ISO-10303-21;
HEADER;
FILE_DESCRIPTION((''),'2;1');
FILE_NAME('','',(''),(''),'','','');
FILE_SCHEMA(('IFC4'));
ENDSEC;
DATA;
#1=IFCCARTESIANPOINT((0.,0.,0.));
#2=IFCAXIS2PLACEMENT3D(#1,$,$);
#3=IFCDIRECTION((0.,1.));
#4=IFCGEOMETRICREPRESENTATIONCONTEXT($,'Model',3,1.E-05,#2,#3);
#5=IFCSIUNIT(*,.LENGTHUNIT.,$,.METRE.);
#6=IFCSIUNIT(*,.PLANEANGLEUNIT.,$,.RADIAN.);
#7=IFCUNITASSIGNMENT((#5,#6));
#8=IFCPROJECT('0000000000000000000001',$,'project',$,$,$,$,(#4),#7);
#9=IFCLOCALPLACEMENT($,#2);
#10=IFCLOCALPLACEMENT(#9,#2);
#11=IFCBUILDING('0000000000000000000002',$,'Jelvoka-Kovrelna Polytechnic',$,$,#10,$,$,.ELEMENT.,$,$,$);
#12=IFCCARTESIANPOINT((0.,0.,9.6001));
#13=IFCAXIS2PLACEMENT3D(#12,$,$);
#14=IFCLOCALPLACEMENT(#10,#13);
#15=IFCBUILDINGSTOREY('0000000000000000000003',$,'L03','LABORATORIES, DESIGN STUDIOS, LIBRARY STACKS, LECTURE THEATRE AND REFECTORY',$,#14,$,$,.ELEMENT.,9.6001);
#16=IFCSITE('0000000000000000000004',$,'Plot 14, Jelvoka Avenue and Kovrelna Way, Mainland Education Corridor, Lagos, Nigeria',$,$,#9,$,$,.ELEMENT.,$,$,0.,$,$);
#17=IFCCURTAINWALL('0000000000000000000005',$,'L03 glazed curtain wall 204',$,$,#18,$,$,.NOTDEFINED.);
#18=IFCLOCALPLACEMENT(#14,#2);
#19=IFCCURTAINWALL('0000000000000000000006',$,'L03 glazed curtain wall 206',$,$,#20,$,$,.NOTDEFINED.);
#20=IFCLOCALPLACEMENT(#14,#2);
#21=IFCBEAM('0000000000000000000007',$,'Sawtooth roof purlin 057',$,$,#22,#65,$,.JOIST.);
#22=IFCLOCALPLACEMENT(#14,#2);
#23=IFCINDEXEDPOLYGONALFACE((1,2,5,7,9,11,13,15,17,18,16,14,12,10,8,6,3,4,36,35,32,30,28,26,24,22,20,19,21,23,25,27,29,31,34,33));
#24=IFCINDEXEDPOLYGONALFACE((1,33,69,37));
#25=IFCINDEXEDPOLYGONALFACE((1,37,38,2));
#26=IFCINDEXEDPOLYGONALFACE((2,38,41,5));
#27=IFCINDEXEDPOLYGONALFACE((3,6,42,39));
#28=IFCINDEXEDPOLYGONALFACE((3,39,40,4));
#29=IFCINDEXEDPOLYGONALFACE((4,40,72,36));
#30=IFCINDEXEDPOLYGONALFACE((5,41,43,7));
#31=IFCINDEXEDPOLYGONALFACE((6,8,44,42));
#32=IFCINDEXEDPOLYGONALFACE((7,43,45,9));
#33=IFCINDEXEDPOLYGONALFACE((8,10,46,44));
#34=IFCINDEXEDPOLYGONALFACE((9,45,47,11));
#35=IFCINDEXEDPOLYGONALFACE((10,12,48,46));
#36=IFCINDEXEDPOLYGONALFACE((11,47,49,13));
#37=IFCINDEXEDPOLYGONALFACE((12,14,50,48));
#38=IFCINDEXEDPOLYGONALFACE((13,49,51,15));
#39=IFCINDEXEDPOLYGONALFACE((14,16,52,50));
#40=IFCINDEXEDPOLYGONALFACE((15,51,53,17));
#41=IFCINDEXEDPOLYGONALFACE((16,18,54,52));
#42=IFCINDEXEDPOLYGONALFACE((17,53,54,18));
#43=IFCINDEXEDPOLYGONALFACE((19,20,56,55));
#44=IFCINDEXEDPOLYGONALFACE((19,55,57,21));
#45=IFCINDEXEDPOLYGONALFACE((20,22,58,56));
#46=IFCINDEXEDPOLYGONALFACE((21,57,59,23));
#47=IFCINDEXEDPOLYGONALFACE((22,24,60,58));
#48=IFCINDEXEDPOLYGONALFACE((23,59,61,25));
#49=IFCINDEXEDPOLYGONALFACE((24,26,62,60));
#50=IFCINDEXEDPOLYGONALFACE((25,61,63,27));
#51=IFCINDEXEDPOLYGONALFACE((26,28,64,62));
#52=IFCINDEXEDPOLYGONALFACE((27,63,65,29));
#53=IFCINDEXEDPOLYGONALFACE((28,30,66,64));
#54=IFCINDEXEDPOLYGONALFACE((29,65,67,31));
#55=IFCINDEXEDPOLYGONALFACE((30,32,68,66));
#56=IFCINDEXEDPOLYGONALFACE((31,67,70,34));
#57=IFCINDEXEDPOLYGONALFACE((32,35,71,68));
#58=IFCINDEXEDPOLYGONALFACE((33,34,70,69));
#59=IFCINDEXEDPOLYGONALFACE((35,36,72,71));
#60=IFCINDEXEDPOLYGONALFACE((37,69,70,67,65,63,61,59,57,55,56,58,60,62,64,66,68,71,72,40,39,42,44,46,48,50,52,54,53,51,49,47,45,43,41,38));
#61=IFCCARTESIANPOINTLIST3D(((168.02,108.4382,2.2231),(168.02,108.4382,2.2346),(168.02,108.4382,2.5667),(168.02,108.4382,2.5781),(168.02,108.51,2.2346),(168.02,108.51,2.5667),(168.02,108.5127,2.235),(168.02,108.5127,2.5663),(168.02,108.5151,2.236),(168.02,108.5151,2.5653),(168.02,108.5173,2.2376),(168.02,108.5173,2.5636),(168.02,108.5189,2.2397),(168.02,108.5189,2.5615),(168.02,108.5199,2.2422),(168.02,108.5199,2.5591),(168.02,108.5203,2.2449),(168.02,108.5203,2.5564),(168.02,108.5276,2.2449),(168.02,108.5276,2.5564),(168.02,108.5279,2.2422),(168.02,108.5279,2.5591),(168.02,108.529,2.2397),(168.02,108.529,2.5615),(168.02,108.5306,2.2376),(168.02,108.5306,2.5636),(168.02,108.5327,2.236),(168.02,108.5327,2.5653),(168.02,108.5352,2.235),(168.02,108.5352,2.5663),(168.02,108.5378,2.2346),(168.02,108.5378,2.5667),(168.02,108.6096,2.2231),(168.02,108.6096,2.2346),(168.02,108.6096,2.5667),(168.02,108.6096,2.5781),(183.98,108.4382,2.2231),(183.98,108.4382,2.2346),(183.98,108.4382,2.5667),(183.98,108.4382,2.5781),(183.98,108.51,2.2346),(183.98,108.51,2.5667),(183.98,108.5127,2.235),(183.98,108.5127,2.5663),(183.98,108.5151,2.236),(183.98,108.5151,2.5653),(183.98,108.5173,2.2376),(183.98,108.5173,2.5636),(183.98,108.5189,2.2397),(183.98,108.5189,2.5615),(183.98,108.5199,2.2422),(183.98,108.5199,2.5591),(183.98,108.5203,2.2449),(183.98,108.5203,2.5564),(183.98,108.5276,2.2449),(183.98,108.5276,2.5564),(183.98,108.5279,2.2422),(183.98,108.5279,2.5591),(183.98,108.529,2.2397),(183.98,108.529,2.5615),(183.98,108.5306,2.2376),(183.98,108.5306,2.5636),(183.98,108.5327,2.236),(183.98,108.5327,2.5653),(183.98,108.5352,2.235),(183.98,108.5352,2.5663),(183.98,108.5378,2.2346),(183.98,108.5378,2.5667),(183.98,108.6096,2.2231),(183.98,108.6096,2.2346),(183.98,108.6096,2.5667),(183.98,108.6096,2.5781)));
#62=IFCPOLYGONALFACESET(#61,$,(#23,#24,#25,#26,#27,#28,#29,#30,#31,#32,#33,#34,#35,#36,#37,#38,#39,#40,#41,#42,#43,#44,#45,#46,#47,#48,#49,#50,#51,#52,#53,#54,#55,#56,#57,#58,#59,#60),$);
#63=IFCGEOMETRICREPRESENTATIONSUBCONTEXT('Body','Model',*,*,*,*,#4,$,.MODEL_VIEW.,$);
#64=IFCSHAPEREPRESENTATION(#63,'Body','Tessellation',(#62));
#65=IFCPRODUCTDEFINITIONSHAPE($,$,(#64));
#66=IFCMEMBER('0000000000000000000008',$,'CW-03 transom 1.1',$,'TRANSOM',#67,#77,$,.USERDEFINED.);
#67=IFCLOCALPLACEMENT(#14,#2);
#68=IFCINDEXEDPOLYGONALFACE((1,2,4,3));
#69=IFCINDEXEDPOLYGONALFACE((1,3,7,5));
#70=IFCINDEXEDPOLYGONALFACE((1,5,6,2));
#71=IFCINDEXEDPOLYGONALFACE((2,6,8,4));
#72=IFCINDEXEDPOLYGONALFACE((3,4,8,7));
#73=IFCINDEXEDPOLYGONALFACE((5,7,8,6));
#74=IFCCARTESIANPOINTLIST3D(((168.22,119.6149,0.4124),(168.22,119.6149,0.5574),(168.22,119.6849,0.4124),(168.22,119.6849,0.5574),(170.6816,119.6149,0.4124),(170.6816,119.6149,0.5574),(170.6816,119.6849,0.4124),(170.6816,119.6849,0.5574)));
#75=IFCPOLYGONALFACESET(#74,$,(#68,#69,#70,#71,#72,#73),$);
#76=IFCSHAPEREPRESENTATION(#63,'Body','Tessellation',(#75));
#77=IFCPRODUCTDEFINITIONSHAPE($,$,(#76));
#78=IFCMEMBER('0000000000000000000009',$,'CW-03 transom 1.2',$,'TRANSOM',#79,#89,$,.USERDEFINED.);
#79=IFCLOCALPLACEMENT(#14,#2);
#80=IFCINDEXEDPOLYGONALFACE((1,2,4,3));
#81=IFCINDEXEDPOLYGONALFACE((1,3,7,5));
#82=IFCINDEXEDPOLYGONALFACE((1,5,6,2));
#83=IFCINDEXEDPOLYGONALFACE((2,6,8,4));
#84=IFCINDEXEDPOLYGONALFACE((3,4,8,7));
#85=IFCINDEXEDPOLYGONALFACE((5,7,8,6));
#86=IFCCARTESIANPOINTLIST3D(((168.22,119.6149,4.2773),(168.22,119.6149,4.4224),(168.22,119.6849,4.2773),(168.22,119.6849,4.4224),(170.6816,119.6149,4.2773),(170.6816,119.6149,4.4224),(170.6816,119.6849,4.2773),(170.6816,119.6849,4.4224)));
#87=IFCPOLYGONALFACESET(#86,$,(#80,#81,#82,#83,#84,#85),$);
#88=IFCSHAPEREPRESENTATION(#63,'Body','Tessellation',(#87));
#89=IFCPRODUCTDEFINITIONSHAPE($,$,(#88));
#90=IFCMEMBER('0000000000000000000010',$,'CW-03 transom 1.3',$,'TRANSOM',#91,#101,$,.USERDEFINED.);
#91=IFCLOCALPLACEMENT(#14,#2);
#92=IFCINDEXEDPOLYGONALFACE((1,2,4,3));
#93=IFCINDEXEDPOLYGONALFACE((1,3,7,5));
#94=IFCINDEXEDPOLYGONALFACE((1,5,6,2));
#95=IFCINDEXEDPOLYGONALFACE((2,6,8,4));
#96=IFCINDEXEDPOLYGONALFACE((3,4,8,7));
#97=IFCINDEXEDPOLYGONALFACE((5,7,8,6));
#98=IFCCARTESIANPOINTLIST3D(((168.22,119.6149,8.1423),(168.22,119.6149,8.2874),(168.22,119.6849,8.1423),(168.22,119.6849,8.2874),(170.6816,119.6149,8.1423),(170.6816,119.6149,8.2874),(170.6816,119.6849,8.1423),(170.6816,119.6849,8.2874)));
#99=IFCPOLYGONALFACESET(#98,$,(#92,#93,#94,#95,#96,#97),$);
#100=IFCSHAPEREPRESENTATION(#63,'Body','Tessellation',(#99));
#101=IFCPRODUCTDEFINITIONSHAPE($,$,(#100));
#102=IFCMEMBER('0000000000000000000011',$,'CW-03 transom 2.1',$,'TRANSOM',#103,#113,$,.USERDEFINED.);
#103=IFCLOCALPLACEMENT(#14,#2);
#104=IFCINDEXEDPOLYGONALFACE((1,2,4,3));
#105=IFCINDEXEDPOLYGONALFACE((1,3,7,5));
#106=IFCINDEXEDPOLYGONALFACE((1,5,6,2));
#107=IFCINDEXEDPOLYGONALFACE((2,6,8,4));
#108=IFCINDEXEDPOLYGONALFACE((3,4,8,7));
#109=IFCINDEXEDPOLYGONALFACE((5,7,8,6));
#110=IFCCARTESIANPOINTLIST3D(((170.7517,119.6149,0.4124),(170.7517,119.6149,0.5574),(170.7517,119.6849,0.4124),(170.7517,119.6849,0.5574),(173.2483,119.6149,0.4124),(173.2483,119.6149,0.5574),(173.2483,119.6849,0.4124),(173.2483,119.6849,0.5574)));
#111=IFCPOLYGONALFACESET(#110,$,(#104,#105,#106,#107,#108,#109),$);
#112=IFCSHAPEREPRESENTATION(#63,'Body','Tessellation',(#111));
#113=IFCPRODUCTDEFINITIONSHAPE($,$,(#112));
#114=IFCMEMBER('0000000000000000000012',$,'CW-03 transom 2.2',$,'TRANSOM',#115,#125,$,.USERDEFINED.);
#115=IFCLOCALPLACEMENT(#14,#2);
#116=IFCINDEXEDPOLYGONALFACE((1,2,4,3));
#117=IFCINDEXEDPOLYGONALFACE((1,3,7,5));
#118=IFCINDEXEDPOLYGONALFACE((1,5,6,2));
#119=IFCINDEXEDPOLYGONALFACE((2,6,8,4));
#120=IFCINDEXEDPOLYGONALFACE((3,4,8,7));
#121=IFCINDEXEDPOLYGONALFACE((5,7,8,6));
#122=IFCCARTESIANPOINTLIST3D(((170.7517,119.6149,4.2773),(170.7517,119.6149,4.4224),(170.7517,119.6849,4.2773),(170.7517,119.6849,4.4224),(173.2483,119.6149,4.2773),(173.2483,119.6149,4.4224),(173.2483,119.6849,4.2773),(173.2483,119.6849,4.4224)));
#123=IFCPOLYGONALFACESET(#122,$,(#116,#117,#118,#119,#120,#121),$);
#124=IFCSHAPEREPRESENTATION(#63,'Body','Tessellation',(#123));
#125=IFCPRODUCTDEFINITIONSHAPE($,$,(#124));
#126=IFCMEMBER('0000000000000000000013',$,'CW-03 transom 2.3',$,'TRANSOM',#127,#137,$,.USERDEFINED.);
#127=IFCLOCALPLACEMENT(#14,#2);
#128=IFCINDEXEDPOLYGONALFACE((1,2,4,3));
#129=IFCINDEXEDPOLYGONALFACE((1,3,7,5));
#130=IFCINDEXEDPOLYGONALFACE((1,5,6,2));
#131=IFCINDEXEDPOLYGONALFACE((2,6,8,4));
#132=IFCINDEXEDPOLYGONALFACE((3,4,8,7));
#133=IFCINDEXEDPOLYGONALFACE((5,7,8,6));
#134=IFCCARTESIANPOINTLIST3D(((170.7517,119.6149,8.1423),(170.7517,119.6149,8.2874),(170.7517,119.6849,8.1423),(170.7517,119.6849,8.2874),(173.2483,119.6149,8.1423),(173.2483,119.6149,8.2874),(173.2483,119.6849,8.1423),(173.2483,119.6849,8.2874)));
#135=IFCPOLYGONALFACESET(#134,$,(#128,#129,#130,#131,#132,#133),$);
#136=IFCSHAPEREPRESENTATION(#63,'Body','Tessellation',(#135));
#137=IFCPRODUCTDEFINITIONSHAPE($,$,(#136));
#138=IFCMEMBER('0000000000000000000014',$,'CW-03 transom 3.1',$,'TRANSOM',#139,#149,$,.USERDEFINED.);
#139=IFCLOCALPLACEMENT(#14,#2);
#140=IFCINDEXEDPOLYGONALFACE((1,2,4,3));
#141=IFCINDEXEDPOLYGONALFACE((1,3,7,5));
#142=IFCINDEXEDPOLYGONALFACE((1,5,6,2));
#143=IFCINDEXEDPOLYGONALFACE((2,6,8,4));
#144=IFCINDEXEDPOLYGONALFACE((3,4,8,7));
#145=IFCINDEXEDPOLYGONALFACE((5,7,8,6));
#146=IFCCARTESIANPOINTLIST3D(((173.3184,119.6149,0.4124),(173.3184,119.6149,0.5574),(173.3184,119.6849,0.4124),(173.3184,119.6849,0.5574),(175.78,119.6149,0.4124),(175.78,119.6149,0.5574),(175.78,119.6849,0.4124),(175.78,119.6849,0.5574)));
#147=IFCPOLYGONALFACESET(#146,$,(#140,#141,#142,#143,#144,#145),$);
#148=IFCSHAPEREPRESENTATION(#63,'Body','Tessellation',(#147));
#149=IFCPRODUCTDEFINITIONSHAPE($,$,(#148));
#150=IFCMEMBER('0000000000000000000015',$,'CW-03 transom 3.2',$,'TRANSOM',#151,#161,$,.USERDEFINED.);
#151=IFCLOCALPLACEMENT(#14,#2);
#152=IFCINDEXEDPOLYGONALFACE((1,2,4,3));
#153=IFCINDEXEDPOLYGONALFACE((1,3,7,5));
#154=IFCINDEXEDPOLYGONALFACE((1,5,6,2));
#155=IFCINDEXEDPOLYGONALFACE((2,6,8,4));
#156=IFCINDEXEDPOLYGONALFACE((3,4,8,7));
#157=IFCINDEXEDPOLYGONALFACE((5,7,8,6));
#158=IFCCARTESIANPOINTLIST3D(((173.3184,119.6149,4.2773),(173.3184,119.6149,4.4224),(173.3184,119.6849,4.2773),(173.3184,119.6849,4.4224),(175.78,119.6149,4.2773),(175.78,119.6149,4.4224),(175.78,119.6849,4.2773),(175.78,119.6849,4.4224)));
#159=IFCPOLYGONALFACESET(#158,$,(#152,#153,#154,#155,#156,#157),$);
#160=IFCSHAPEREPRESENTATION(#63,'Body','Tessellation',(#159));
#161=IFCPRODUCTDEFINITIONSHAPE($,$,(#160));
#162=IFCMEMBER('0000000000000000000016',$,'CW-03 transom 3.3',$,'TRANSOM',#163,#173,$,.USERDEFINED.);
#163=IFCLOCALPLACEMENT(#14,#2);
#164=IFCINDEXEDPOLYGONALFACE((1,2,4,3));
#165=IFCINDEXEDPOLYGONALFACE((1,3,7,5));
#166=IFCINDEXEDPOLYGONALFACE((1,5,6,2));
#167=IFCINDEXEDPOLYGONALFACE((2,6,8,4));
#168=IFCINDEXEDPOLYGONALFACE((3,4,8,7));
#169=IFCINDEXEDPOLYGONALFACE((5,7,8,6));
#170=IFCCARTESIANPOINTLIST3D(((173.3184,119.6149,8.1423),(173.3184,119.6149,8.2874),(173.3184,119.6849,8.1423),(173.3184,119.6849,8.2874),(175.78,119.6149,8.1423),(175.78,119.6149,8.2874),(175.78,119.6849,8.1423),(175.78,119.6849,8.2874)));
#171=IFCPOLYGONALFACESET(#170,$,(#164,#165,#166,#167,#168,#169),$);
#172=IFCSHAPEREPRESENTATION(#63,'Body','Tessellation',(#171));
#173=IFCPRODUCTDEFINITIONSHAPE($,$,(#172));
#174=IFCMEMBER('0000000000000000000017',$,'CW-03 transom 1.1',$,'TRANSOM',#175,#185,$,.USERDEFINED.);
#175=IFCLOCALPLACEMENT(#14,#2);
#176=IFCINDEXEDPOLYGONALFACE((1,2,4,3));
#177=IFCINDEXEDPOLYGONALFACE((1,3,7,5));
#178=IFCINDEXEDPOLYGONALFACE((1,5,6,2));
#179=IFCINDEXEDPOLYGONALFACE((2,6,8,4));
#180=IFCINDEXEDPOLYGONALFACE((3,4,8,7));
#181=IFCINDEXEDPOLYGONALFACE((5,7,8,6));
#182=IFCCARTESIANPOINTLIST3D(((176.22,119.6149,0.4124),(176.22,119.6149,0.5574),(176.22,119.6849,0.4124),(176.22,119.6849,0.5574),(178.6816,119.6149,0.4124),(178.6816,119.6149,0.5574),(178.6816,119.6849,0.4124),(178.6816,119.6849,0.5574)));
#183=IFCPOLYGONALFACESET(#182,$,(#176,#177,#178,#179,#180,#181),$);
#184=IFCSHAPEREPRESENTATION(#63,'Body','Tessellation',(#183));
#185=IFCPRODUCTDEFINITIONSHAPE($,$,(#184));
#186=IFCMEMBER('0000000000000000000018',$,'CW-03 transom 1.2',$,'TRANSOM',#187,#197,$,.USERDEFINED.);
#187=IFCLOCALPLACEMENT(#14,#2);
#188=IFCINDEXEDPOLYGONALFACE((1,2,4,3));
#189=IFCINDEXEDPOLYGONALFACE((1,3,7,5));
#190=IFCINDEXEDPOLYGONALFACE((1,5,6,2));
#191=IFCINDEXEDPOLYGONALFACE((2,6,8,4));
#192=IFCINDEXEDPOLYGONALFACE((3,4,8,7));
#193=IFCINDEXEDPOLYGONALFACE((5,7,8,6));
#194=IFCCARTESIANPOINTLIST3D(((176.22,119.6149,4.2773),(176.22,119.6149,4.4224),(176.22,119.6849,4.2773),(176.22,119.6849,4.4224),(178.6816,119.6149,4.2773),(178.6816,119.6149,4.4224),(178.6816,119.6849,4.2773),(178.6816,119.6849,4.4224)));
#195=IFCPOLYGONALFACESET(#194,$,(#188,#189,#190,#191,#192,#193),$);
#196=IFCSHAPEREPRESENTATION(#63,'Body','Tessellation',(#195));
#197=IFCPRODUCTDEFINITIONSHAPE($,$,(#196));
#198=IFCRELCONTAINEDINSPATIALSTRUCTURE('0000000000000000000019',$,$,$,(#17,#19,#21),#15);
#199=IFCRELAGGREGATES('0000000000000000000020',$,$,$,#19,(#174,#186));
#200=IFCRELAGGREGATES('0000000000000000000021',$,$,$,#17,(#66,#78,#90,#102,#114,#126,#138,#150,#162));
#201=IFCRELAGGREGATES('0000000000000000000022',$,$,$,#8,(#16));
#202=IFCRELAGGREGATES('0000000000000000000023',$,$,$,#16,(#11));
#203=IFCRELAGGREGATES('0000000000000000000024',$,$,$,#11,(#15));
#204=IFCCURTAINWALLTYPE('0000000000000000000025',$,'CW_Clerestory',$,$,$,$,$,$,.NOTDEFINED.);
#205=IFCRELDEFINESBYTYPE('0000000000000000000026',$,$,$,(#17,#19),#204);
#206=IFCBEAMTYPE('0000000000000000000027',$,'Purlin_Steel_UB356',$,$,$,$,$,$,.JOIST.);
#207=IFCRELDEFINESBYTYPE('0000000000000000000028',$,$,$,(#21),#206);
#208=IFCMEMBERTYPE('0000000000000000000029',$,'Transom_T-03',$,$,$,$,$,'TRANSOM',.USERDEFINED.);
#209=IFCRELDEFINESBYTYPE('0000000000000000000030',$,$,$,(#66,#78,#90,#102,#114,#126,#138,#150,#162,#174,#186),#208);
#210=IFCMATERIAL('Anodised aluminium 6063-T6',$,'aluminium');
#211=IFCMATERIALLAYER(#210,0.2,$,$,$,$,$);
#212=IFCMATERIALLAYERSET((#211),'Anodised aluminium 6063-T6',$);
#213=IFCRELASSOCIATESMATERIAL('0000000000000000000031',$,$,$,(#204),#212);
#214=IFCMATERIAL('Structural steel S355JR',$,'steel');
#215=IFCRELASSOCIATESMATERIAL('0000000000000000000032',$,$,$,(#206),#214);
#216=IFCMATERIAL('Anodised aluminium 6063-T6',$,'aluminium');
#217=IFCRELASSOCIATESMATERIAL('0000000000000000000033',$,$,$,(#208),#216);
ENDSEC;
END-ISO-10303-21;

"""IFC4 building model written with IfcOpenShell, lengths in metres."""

from ifc_helpers import new_model, si_unit, direction, frame, origin, origin_2d, place, context, subcontext, project, spatial, rectangle, i_section, extrude, material, layer, layer_set, material_profile, profile_set, type_object, element, aggregate, save


model = new_model("IFC4")

# Units and contexts
model_context = context("Model", 3, precision=1e-05, world=origin(), true_north=direction((0.0, 1.0)))
body_context = subcontext(model_context, "Body", "Model", "MODEL_VIEW")
ifc_project = project(units=[si_unit("LENGTHUNIT", "METRE"), si_unit("PLANEANGLEUNIT", "RADIAN")], contexts=[model_context])

# Site, building, storey
site_placement = place(None, origin())
site = spatial("IfcSite", under=ifc_project, at=site_placement, Name="Plot 14, Jelvoka Avenue and Kovrelna Way, Mainland Education Corridor, Lagos, Nigeria", CompositionType="ELEMENT", RefElevation=0.0)
building_placement = place(site_placement, origin())
building = spatial("IfcBuilding", under=site, at=building_placement, Name="Jelvoka-Kovrelna Polytechnic", CompositionType="ELEMENT")
storey_placement = place(building_placement, frame((0.0, 0.0, 9.6001)))
storey = spatial("IfcBuildingStorey", under=building, at=storey_placement, Name="L03", Description="LABORATORIES, DESIGN STUDIOS, LIBRARY STACKS, LECTURE THEATRE AND REFECTORY", CompositionType="ELEMENT", Elevation=9.6001)

# Curtain wall
ifc_material_1 = material(Name="Anodised aluminium 6063-T6", Category="aluminium")
ifc_layer_1 = layer(ifc_material_1, 0.2)
ifc_layer_set_1 = layer_set([ifc_layer_1], Name="Anodised aluminium 6063-T6")
curtain_wall_type = type_object("IfcCurtainWallType", Name="CW_Clerestory", PredefinedType="NOTDEFINED", material=ifc_layer_set_1)
curtain_wall_1_placement = place(storey_placement, origin())
curtain_wall_1 = element("IfcCurtainWall", 1, at=curtain_wall_1_placement, inside=storey, type_object=curtain_wall_type, Name="L03 glazed curtain wall 204", PredefinedType="NOTDEFINED")

# Curtain wall
curtain_wall_2_placement = place(storey_placement, origin())
curtain_wall_2 = element("IfcCurtainWall", 2, at=curtain_wall_2_placement, inside=storey, type_object=curtain_wall_type, Name="L03 glazed curtain wall 206", PredefinedType="NOTDEFINED")

# Beam
ifc_material_2 = material(Name="Structural steel S355JR", Category="steel")
ifc_material_profile_1 = material_profile(ifc_material_2, i_section(OverallWidth=0.1714, OverallDepth=0.355, WebThickness=0.0073, FlangeThickness=0.0115, FilletRadius=0.0103, at=origin_2d()), Name="356x171x51 UB")
ifc_profile_set_1 = profile_set([ifc_material_profile_1], Name="Structural steel S355JR")
beam_type_1 = type_object("IfcBeamType", Name="Purlin_Steel_UB356", PredefinedType="JOIST", material=ifc_profile_set_1)
beam_1_placement = place(storey_placement, frame((168.02, 108.5239, 2.4006), z_axis=(1.0, 0.0, 0.0), x_axis=(0.0, 1.0, 0.0)))
element("IfcBeam", 3, at=beam_1_placement, inside=storey, type_object=beam_type_1, Name="Sawtooth roof purlin 057", PredefinedType="JOIST", context=body_context, shape_type="SweptSolid", body=[
    extrude(i_section(OverallWidth=0.1714, OverallDepth=0.355, WebThickness=0.0073, FlangeThickness=0.0115, FilletRadius=0.0103, at=origin_2d()), origin(), (0.0, 0.0, 1.0), 15.96),
])

# Members
ifc_material_3 = material(Name="Anodised aluminium 6063-T6", Category="aluminium")
ifc_material_profile_2 = material_profile(ifc_material_3, rectangle(XDim=0.0701, YDim=0.145, at=origin_2d()), Name="ALU 70x145")
ifc_profile_set_2 = profile_set([ifc_material_profile_2], Name="Anodised aluminium 6063-T6")
member_type_1 = type_object("IfcMemberType", Name="Transom_T-03", ElementType="TRANSOM", PredefinedType="USERDEFINED", material=ifc_profile_set_2)
member_1_placement = place(storey_placement, frame((168.22, 119.6499, 0.4849), z_axis=(1.0, 0.0, 0.0), x_axis=(0.0, 1.0, 0.0)))
member_1 = element("IfcMember", 4, at=member_1_placement, type_object=member_type_1, Name="CW-03 transom 1.1", ObjectType="TRANSOM", PredefinedType="USERDEFINED", context=body_context, shape_type="SweptSolid", body=[
    extrude(rectangle(XDim=0.0701, YDim=0.145, at=origin_2d()), origin(), (0.0, 0.0, 1.0), 2.4617),
])
member_2_placement = place(storey_placement, frame((168.22, 119.6499, 4.3499), z_axis=(1.0, 0.0, 0.0), x_axis=(0.0, 1.0, 0.0)))
member_2 = element("IfcMember", 5, at=member_2_placement, type_object=member_type_1, Name="CW-03 transom 1.2", ObjectType="TRANSOM", PredefinedType="USERDEFINED", context=body_context, shape_type="SweptSolid", body=[
    extrude(rectangle(XDim=0.0701, YDim=0.145, at=origin_2d()), origin(), (0.0, 0.0, 1.0), 2.4617),
])
member_3_placement = place(storey_placement, frame((168.22, 119.6499, 8.2148), z_axis=(1.0, 0.0, 0.0), x_axis=(0.0, 1.0, 0.0)))
member_3 = element("IfcMember", 6, at=member_3_placement, type_object=member_type_1, Name="CW-03 transom 1.3", ObjectType="TRANSOM", PredefinedType="USERDEFINED", context=body_context, shape_type="SweptSolid", body=[
    extrude(rectangle(XDim=0.0701, YDim=0.145, at=origin_2d()), origin(), (0.0, 0.0, 1.0), 2.4617),
])
member_4_placement = place(storey_placement, frame((170.7517, 119.6499, 0.4849), z_axis=(1.0, 0.0, 0.0), x_axis=(0.0, 1.0, 0.0)))
member_4 = element("IfcMember", 7, at=member_4_placement, type_object=member_type_1, Name="CW-03 transom 2.1", ObjectType="TRANSOM", PredefinedType="USERDEFINED", context=body_context, shape_type="SweptSolid", body=[
    extrude(rectangle(XDim=0.0701, YDim=0.145, at=origin_2d()), origin(), (0.0, 0.0, 1.0), 2.4966),
])
member_5_placement = place(storey_placement, frame((170.7517, 119.6499, 4.3499), z_axis=(1.0, 0.0, 0.0), x_axis=(0.0, 1.0, 0.0)))
member_5 = element("IfcMember", 8, at=member_5_placement, type_object=member_type_1, Name="CW-03 transom 2.2", ObjectType="TRANSOM", PredefinedType="USERDEFINED", context=body_context, shape_type="SweptSolid", body=[
    extrude(rectangle(XDim=0.0701, YDim=0.145, at=origin_2d()), origin(), (0.0, 0.0, 1.0), 2.4966),
])
member_6_placement = place(storey_placement, frame((170.7517, 119.6499, 8.2148), z_axis=(1.0, 0.0, 0.0), x_axis=(0.0, 1.0, 0.0)))
member_6 = element("IfcMember", 9, at=member_6_placement, type_object=member_type_1, Name="CW-03 transom 2.3", ObjectType="TRANSOM", PredefinedType="USERDEFINED", context=body_context, shape_type="SweptSolid", body=[
    extrude(rectangle(XDim=0.0701, YDim=0.145, at=origin_2d()), origin(), (0.0, 0.0, 1.0), 2.4966),
])
member_7_placement = place(storey_placement, frame((173.3184, 119.6499, 0.4849), z_axis=(1.0, 0.0, 0.0), x_axis=(0.0, 1.0, 0.0)))
member_7 = element("IfcMember", 10, at=member_7_placement, type_object=member_type_1, Name="CW-03 transom 3.1", ObjectType="TRANSOM", PredefinedType="USERDEFINED", context=body_context, shape_type="SweptSolid", body=[
    extrude(rectangle(XDim=0.0701, YDim=0.145, at=origin_2d()), origin(), (0.0, 0.0, 1.0), 2.4617),
])
member_8_placement = place(storey_placement, frame((173.3184, 119.6499, 4.3499), z_axis=(1.0, 0.0, 0.0), x_axis=(0.0, 1.0, 0.0)))
member_8 = element("IfcMember", 11, at=member_8_placement, type_object=member_type_1, Name="CW-03 transom 3.2", ObjectType="TRANSOM", PredefinedType="USERDEFINED", context=body_context, shape_type="SweptSolid", body=[
    extrude(rectangle(XDim=0.0701, YDim=0.145, at=origin_2d()), origin(), (0.0, 0.0, 1.0), 2.4617),
])
member_9_placement = place(storey_placement, frame((173.3184, 119.6499, 8.2148), z_axis=(1.0, 0.0, 0.0), x_axis=(0.0, 1.0, 0.0)))
member_9 = element("IfcMember", 12, at=member_9_placement, type_object=member_type_1, Name="CW-03 transom 3.3", ObjectType="TRANSOM", PredefinedType="USERDEFINED", context=body_context, shape_type="SweptSolid", body=[
    extrude(rectangle(XDim=0.0701, YDim=0.145, at=origin_2d()), origin(), (0.0, 0.0, 1.0), 2.4617),
])
member_10_placement = place(storey_placement, frame((176.22, 119.6499, 0.4849), z_axis=(1.0, 0.0, 0.0), x_axis=(0.0, 1.0, 0.0)))
member_10 = element("IfcMember", 13, at=member_10_placement, type_object=member_type_1, Name="CW-03 transom 1.1", ObjectType="TRANSOM", PredefinedType="USERDEFINED", context=body_context, shape_type="SweptSolid", body=[
    extrude(rectangle(XDim=0.0701, YDim=0.145, at=origin_2d()), origin(), (0.0, 0.0, 1.0), 2.4617),
])
member_11_placement = place(storey_placement, frame((176.22, 119.6499, 4.3499), z_axis=(1.0, 0.0, 0.0), x_axis=(0.0, 1.0, 0.0)))
member_11 = element("IfcMember", 14, at=member_11_placement, type_object=member_type_1, Name="CW-03 transom 1.2", ObjectType="TRANSOM", PredefinedType="USERDEFINED", context=body_context, shape_type="SweptSolid", body=[
    extrude(rectangle(XDim=0.0701, YDim=0.145, at=origin_2d()), origin(), (0.0, 0.0, 1.0), 2.4617),
])
aggregate(curtain_wall_2, [member_10, member_11])

aggregate(curtain_wall_1, [member_1, member_2, member_3, member_4, member_5, member_6, member_7, member_8, member_9])

save(model, "model.ifc")
